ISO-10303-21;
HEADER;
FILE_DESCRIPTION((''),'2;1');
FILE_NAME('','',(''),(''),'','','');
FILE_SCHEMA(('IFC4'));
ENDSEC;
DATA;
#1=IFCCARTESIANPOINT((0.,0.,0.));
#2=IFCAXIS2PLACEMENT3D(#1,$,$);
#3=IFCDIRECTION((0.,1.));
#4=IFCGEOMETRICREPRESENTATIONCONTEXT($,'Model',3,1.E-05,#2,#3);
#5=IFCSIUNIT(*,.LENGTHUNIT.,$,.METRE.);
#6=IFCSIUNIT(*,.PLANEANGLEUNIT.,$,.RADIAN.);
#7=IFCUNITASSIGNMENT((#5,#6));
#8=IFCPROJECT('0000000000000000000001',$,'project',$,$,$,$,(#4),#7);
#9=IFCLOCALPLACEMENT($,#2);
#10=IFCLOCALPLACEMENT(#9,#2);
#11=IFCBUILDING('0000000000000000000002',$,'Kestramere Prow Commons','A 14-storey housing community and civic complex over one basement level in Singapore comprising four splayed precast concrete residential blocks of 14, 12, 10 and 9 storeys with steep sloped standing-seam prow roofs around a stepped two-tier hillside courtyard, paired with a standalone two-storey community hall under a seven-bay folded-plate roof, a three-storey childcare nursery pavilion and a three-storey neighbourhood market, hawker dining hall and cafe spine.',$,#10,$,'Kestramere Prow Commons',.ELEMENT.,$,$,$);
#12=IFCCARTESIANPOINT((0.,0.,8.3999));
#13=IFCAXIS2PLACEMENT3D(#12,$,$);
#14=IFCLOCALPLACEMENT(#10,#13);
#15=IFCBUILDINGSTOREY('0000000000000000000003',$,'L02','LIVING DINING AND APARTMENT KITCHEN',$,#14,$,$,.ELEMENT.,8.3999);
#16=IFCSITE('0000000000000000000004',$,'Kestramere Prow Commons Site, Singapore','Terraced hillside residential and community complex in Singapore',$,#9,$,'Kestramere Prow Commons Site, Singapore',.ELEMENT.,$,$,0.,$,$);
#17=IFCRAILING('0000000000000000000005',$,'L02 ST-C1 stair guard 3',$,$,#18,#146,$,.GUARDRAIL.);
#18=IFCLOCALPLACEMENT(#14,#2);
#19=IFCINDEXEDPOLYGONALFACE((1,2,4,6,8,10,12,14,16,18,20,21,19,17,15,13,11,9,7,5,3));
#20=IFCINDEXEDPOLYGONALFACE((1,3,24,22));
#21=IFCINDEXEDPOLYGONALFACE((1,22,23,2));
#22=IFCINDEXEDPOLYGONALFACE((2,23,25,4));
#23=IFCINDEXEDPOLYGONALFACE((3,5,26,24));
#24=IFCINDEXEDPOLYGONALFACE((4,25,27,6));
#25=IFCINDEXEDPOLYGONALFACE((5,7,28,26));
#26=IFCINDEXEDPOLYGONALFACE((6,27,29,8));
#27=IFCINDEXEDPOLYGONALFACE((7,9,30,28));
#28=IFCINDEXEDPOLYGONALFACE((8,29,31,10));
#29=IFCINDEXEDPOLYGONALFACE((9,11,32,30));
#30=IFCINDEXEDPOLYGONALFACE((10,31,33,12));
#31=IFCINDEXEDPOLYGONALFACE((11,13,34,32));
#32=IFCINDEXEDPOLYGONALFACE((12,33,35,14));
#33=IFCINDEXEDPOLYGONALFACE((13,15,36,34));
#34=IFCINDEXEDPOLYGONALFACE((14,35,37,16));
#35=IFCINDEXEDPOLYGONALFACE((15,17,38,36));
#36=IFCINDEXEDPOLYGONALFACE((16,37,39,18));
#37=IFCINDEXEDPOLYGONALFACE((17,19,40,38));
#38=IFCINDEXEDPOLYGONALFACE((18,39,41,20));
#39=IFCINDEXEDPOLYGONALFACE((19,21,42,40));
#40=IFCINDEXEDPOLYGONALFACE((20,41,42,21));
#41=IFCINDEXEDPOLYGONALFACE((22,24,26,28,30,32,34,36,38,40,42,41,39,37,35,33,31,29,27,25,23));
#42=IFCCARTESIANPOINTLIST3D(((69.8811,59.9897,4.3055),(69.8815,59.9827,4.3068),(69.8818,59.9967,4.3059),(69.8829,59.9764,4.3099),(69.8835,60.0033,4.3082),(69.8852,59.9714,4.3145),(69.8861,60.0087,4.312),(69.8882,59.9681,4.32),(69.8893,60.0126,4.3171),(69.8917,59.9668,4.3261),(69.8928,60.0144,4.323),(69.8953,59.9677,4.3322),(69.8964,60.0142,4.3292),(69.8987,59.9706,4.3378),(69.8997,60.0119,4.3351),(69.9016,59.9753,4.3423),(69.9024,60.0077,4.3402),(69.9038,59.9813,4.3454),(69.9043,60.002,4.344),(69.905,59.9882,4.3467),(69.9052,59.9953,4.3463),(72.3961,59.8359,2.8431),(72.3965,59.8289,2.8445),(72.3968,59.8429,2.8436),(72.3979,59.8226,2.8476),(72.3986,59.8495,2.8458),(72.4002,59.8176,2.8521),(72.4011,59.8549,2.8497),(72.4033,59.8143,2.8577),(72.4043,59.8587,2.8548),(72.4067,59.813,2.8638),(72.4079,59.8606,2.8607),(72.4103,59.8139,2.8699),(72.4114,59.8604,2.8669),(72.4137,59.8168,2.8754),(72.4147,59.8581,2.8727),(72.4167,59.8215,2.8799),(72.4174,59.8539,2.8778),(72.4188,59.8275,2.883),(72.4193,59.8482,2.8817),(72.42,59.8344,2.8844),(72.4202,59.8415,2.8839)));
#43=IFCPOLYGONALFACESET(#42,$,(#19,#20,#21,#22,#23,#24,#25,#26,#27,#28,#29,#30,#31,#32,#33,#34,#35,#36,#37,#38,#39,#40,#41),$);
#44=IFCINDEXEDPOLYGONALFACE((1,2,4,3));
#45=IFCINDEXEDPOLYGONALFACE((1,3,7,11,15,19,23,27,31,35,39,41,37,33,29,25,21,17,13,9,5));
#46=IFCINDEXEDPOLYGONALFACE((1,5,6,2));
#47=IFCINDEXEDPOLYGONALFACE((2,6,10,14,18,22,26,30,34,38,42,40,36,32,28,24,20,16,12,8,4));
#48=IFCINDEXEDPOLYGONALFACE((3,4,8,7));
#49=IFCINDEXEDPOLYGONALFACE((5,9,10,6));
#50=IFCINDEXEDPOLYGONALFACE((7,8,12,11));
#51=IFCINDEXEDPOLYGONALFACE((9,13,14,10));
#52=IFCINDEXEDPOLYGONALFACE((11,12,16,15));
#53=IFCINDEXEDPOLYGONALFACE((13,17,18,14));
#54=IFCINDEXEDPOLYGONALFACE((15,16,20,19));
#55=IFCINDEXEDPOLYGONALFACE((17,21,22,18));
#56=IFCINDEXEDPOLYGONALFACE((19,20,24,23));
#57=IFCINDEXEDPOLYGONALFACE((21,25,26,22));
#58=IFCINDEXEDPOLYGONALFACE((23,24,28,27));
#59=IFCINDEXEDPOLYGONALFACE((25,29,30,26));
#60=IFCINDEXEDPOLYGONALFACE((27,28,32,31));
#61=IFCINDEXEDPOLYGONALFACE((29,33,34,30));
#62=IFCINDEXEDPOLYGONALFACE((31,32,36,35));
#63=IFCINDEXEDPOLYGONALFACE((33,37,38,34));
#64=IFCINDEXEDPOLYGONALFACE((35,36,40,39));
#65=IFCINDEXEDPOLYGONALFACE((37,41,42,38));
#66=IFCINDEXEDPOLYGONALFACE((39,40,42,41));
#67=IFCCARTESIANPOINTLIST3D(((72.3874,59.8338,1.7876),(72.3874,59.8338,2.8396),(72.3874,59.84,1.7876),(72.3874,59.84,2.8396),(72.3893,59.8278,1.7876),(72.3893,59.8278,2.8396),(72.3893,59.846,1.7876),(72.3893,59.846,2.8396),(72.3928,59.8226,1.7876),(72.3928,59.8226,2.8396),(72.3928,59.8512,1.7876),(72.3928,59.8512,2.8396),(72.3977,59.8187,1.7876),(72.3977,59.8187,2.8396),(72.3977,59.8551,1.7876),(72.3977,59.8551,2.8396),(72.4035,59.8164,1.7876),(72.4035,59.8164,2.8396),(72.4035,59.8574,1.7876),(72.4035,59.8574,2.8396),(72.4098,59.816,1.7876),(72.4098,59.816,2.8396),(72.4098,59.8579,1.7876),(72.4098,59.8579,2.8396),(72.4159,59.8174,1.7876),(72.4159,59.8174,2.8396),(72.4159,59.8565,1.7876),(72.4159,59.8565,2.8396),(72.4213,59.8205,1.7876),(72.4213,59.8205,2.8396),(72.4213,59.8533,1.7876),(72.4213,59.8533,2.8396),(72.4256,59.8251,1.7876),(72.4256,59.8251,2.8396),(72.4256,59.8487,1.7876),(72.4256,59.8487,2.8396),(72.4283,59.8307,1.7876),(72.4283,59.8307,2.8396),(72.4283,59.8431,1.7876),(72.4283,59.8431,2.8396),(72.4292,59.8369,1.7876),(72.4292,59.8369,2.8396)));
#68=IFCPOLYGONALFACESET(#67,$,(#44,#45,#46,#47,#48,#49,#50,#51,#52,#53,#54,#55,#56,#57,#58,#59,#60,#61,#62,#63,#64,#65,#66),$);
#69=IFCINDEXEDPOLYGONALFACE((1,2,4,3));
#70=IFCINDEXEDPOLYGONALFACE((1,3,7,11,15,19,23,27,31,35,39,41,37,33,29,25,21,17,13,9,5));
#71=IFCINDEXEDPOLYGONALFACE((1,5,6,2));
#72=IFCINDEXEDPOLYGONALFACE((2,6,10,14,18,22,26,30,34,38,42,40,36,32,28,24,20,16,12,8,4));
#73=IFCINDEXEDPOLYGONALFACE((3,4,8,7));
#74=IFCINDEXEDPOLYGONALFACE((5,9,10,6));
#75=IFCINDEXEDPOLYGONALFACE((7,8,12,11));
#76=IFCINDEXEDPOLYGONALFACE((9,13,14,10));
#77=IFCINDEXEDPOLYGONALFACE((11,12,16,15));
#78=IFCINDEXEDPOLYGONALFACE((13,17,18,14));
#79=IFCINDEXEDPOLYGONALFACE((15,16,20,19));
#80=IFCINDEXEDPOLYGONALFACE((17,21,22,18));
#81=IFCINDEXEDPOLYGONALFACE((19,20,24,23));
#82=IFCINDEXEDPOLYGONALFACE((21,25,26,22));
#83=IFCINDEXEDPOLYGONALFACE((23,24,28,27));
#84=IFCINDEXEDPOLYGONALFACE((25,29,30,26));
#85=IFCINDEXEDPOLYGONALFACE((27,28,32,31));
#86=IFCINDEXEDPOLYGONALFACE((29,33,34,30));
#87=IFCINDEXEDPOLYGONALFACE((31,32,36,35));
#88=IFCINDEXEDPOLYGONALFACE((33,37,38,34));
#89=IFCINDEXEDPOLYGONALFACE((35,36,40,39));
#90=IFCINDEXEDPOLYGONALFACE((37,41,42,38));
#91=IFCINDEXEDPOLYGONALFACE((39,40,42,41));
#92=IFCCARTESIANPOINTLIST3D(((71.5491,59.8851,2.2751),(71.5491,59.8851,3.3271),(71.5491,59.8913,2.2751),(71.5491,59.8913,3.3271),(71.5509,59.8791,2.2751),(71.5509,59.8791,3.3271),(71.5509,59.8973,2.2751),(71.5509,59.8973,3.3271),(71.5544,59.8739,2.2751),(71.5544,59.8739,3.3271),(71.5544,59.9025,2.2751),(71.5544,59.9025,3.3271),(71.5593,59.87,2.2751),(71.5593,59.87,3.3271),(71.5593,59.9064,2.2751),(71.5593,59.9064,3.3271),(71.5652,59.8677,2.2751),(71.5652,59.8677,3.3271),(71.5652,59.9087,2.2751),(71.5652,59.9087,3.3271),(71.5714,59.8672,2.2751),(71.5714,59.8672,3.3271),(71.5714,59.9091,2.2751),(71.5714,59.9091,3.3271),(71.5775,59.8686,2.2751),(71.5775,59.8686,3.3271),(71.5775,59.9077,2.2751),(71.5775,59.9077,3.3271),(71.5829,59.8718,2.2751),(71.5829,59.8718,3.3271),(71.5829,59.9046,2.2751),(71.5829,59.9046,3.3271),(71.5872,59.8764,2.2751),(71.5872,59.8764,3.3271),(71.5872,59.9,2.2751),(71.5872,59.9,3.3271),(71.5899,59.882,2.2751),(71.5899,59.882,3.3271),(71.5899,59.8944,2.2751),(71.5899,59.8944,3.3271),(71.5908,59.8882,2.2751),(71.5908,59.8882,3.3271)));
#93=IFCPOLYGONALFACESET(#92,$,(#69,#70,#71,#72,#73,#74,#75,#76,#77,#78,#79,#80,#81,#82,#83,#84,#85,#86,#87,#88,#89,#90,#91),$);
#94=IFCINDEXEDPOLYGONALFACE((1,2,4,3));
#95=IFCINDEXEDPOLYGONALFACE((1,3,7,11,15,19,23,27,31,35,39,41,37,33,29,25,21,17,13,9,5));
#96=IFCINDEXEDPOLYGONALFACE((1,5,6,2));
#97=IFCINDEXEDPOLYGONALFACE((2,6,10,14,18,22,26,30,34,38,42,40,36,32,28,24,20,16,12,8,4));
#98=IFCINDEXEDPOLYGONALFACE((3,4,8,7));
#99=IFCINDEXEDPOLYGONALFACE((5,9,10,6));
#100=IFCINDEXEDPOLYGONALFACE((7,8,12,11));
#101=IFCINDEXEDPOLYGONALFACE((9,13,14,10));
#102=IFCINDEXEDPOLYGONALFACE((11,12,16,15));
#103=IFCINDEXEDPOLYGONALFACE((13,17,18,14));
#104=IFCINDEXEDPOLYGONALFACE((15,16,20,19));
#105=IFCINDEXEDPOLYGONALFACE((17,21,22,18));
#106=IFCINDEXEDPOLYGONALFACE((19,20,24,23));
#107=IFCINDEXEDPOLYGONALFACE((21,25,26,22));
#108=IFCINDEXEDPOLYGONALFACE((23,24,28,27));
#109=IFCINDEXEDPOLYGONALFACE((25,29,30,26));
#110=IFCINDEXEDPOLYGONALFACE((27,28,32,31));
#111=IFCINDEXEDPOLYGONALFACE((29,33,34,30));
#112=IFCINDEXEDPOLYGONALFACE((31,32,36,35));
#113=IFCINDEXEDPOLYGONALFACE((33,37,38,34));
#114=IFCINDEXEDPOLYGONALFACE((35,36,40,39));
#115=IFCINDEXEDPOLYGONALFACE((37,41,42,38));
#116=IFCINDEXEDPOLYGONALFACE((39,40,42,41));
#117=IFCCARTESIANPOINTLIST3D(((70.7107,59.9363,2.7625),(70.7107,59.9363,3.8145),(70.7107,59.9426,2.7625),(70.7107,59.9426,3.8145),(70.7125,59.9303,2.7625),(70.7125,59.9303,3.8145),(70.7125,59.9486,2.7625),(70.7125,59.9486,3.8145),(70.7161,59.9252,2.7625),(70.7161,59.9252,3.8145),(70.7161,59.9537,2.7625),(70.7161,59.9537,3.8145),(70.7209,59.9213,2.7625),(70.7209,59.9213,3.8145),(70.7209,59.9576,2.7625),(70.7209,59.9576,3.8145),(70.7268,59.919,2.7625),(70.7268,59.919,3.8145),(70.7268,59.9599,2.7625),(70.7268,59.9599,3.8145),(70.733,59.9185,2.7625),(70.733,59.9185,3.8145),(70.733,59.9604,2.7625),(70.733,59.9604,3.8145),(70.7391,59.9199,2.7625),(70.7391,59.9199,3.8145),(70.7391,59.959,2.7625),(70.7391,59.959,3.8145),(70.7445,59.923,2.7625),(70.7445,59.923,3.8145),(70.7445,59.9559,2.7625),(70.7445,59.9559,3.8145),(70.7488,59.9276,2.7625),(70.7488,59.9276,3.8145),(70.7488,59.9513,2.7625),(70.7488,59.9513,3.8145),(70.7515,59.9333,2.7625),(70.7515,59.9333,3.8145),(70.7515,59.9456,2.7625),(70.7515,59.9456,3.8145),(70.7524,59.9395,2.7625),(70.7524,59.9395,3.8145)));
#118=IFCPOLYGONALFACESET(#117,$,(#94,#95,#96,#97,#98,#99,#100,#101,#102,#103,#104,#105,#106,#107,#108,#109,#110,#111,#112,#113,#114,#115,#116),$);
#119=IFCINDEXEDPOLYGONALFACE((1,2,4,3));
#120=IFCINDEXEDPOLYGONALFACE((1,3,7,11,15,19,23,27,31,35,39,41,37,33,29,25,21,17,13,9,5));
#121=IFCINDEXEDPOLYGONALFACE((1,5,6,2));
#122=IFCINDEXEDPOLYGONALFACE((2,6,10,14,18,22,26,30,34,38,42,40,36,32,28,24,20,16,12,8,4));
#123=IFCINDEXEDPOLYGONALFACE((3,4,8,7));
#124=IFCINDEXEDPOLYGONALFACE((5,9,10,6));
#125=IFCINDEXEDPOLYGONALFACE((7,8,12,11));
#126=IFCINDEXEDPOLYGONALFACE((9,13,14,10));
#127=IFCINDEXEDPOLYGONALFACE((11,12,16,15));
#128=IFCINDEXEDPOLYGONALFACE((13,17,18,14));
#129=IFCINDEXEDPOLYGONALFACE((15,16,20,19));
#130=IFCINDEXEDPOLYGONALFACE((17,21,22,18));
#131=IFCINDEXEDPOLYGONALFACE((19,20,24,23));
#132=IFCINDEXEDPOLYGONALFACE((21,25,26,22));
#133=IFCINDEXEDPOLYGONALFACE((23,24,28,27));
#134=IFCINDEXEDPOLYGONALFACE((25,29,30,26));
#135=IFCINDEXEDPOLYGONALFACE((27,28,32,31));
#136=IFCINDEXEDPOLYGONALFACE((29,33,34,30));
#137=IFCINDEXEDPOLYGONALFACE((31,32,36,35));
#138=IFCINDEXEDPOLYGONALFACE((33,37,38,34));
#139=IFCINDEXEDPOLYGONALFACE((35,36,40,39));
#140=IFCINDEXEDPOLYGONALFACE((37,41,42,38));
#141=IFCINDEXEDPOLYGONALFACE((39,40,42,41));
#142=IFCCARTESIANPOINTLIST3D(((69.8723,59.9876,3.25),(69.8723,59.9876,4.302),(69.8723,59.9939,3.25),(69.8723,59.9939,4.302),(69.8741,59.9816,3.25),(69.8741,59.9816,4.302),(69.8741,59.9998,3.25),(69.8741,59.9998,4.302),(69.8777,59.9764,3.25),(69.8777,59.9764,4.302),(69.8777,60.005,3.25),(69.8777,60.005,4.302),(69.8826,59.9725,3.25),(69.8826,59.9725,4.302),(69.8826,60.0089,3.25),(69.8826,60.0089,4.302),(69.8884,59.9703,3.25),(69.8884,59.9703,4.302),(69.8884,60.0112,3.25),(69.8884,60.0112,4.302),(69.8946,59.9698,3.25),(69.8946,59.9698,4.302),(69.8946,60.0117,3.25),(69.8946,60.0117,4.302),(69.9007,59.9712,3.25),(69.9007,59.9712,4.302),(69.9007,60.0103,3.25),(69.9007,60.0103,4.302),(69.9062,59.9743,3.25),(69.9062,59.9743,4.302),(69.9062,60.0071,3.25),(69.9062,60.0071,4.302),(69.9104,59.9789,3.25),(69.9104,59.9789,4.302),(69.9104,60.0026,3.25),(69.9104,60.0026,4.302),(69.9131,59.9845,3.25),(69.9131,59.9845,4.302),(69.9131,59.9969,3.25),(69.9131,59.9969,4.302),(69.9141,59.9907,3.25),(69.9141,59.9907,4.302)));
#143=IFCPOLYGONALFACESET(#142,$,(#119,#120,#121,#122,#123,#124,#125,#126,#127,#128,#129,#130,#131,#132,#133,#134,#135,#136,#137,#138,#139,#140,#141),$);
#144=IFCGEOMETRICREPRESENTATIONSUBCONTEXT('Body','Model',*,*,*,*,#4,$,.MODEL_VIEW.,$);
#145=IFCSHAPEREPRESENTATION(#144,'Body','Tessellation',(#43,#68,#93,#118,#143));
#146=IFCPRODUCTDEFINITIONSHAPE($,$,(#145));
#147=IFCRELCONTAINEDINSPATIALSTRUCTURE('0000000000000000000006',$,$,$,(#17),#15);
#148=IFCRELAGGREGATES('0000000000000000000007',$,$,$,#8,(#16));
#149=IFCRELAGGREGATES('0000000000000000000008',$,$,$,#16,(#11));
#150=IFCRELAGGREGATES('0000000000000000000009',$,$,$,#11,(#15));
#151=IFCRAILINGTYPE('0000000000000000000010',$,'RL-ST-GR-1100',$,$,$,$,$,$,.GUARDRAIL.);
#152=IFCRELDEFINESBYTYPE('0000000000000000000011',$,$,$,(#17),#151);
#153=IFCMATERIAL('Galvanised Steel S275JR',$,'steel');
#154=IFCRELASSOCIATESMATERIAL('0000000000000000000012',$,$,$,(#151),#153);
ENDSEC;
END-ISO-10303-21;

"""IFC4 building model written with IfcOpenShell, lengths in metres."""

from ifc_helpers import new_model, si_unit, direction, frame, origin, origin_2d, place, context, subcontext, project, spatial, circle, extrude, material, type_object, element, save


model = new_model("IFC4")

# Units and contexts
model_context = context("Model", 3, precision=1e-05, world=origin(), true_north=direction((0.0, 1.0)))
body_context = subcontext(model_context, "Body", "Model", "MODEL_VIEW")
ifc_project = project(units=[si_unit("LENGTHUNIT", "METRE"), si_unit("PLANEANGLEUNIT", "RADIAN")], contexts=[model_context])

# Site, building, storey
site_placement = place(None, origin())
site = spatial("IfcSite", under=ifc_project, at=site_placement, Name="Kestramere Prow Commons Site, Singapore", Description="Terraced hillside residential and community complex in Singapore", LongName="Kestramere Prow Commons Site, Singapore", CompositionType="ELEMENT", RefElevation=0.0)
building_placement = place(site_placement, origin())
building = spatial("IfcBuilding", under=site, at=building_placement, Name="Kestramere Prow Commons", Description="A 14-storey housing community and civic complex over one basement level in Singapore comprising four splayed precast concrete residential blocks of 14, 12, 10 and 9 storeys with steep sloped standing-seam prow roofs around a stepped two-tier hillside courtyard, paired with a standalone two-storey community hall under a seven-bay folded-plate roof, a three-storey childcare nursery pavilion and a three-storey neighbourhood market, hawker dining hall and cafe spine.", LongName="Kestramere Prow Commons", CompositionType="ELEMENT")
storey_placement = place(building_placement, frame((0.0, 0.0, 8.3999)))
storey = spatial("IfcBuildingStorey", under=building, at=storey_placement, Name="L02", Description="LIVING DINING AND APARTMENT KITCHEN", CompositionType="ELEMENT", Elevation=8.3999)

# Railing
ifc_material_1 = material(Name="Galvanised Steel S275JR", Category="steel")
railing_type_1 = type_object("IfcRailingType", Name="RL-ST-GR-1100", PredefinedType="GUARDRAIL", material=ifc_material_1)
railing_1_placement = place(storey_placement, frame((72.4082, 59.8369, 1.7876)))
element("IfcRailing", 1, at=railing_1_placement, inside=storey, type_object=railing_type_1, Name="L02 ST-C1 stair guard 3", PredefinedType="GUARDRAIL", context=body_context, shape_type="SweptSolid", body=[
    extrude(circle(Radius=0.0239, at=origin_2d()), frame((0.0, 0.0, 1.0762), z_axis=(-0.863285, 0.052793, 0.501949), x_axis=(-0.061039, -0.998135, 0.0)), (0.0, 0.0, 1.0), 2.9133),
    extrude(circle(Radius=0.021, at=origin_2d()), origin(), (0.0, 0.0, 1.0), 1.052),
    extrude(circle(Radius=0.021, at=origin_2d()), frame((-0.8384, 0.0513, 0.4875)), (0.0, 0.0, 1.0), 1.052),
    extrude(circle(Radius=0.021, at=origin_2d()), frame((-1.6768, 0.1025, 0.9749)), (0.0, 0.0, 1.0), 1.052),
    extrude(circle(Radius=0.021, at=origin_2d()), frame((-2.5151, 0.1538, 1.4624)), (0.0, 0.0, 1.0), 1.052),
])

save(model, "model.ifc")
